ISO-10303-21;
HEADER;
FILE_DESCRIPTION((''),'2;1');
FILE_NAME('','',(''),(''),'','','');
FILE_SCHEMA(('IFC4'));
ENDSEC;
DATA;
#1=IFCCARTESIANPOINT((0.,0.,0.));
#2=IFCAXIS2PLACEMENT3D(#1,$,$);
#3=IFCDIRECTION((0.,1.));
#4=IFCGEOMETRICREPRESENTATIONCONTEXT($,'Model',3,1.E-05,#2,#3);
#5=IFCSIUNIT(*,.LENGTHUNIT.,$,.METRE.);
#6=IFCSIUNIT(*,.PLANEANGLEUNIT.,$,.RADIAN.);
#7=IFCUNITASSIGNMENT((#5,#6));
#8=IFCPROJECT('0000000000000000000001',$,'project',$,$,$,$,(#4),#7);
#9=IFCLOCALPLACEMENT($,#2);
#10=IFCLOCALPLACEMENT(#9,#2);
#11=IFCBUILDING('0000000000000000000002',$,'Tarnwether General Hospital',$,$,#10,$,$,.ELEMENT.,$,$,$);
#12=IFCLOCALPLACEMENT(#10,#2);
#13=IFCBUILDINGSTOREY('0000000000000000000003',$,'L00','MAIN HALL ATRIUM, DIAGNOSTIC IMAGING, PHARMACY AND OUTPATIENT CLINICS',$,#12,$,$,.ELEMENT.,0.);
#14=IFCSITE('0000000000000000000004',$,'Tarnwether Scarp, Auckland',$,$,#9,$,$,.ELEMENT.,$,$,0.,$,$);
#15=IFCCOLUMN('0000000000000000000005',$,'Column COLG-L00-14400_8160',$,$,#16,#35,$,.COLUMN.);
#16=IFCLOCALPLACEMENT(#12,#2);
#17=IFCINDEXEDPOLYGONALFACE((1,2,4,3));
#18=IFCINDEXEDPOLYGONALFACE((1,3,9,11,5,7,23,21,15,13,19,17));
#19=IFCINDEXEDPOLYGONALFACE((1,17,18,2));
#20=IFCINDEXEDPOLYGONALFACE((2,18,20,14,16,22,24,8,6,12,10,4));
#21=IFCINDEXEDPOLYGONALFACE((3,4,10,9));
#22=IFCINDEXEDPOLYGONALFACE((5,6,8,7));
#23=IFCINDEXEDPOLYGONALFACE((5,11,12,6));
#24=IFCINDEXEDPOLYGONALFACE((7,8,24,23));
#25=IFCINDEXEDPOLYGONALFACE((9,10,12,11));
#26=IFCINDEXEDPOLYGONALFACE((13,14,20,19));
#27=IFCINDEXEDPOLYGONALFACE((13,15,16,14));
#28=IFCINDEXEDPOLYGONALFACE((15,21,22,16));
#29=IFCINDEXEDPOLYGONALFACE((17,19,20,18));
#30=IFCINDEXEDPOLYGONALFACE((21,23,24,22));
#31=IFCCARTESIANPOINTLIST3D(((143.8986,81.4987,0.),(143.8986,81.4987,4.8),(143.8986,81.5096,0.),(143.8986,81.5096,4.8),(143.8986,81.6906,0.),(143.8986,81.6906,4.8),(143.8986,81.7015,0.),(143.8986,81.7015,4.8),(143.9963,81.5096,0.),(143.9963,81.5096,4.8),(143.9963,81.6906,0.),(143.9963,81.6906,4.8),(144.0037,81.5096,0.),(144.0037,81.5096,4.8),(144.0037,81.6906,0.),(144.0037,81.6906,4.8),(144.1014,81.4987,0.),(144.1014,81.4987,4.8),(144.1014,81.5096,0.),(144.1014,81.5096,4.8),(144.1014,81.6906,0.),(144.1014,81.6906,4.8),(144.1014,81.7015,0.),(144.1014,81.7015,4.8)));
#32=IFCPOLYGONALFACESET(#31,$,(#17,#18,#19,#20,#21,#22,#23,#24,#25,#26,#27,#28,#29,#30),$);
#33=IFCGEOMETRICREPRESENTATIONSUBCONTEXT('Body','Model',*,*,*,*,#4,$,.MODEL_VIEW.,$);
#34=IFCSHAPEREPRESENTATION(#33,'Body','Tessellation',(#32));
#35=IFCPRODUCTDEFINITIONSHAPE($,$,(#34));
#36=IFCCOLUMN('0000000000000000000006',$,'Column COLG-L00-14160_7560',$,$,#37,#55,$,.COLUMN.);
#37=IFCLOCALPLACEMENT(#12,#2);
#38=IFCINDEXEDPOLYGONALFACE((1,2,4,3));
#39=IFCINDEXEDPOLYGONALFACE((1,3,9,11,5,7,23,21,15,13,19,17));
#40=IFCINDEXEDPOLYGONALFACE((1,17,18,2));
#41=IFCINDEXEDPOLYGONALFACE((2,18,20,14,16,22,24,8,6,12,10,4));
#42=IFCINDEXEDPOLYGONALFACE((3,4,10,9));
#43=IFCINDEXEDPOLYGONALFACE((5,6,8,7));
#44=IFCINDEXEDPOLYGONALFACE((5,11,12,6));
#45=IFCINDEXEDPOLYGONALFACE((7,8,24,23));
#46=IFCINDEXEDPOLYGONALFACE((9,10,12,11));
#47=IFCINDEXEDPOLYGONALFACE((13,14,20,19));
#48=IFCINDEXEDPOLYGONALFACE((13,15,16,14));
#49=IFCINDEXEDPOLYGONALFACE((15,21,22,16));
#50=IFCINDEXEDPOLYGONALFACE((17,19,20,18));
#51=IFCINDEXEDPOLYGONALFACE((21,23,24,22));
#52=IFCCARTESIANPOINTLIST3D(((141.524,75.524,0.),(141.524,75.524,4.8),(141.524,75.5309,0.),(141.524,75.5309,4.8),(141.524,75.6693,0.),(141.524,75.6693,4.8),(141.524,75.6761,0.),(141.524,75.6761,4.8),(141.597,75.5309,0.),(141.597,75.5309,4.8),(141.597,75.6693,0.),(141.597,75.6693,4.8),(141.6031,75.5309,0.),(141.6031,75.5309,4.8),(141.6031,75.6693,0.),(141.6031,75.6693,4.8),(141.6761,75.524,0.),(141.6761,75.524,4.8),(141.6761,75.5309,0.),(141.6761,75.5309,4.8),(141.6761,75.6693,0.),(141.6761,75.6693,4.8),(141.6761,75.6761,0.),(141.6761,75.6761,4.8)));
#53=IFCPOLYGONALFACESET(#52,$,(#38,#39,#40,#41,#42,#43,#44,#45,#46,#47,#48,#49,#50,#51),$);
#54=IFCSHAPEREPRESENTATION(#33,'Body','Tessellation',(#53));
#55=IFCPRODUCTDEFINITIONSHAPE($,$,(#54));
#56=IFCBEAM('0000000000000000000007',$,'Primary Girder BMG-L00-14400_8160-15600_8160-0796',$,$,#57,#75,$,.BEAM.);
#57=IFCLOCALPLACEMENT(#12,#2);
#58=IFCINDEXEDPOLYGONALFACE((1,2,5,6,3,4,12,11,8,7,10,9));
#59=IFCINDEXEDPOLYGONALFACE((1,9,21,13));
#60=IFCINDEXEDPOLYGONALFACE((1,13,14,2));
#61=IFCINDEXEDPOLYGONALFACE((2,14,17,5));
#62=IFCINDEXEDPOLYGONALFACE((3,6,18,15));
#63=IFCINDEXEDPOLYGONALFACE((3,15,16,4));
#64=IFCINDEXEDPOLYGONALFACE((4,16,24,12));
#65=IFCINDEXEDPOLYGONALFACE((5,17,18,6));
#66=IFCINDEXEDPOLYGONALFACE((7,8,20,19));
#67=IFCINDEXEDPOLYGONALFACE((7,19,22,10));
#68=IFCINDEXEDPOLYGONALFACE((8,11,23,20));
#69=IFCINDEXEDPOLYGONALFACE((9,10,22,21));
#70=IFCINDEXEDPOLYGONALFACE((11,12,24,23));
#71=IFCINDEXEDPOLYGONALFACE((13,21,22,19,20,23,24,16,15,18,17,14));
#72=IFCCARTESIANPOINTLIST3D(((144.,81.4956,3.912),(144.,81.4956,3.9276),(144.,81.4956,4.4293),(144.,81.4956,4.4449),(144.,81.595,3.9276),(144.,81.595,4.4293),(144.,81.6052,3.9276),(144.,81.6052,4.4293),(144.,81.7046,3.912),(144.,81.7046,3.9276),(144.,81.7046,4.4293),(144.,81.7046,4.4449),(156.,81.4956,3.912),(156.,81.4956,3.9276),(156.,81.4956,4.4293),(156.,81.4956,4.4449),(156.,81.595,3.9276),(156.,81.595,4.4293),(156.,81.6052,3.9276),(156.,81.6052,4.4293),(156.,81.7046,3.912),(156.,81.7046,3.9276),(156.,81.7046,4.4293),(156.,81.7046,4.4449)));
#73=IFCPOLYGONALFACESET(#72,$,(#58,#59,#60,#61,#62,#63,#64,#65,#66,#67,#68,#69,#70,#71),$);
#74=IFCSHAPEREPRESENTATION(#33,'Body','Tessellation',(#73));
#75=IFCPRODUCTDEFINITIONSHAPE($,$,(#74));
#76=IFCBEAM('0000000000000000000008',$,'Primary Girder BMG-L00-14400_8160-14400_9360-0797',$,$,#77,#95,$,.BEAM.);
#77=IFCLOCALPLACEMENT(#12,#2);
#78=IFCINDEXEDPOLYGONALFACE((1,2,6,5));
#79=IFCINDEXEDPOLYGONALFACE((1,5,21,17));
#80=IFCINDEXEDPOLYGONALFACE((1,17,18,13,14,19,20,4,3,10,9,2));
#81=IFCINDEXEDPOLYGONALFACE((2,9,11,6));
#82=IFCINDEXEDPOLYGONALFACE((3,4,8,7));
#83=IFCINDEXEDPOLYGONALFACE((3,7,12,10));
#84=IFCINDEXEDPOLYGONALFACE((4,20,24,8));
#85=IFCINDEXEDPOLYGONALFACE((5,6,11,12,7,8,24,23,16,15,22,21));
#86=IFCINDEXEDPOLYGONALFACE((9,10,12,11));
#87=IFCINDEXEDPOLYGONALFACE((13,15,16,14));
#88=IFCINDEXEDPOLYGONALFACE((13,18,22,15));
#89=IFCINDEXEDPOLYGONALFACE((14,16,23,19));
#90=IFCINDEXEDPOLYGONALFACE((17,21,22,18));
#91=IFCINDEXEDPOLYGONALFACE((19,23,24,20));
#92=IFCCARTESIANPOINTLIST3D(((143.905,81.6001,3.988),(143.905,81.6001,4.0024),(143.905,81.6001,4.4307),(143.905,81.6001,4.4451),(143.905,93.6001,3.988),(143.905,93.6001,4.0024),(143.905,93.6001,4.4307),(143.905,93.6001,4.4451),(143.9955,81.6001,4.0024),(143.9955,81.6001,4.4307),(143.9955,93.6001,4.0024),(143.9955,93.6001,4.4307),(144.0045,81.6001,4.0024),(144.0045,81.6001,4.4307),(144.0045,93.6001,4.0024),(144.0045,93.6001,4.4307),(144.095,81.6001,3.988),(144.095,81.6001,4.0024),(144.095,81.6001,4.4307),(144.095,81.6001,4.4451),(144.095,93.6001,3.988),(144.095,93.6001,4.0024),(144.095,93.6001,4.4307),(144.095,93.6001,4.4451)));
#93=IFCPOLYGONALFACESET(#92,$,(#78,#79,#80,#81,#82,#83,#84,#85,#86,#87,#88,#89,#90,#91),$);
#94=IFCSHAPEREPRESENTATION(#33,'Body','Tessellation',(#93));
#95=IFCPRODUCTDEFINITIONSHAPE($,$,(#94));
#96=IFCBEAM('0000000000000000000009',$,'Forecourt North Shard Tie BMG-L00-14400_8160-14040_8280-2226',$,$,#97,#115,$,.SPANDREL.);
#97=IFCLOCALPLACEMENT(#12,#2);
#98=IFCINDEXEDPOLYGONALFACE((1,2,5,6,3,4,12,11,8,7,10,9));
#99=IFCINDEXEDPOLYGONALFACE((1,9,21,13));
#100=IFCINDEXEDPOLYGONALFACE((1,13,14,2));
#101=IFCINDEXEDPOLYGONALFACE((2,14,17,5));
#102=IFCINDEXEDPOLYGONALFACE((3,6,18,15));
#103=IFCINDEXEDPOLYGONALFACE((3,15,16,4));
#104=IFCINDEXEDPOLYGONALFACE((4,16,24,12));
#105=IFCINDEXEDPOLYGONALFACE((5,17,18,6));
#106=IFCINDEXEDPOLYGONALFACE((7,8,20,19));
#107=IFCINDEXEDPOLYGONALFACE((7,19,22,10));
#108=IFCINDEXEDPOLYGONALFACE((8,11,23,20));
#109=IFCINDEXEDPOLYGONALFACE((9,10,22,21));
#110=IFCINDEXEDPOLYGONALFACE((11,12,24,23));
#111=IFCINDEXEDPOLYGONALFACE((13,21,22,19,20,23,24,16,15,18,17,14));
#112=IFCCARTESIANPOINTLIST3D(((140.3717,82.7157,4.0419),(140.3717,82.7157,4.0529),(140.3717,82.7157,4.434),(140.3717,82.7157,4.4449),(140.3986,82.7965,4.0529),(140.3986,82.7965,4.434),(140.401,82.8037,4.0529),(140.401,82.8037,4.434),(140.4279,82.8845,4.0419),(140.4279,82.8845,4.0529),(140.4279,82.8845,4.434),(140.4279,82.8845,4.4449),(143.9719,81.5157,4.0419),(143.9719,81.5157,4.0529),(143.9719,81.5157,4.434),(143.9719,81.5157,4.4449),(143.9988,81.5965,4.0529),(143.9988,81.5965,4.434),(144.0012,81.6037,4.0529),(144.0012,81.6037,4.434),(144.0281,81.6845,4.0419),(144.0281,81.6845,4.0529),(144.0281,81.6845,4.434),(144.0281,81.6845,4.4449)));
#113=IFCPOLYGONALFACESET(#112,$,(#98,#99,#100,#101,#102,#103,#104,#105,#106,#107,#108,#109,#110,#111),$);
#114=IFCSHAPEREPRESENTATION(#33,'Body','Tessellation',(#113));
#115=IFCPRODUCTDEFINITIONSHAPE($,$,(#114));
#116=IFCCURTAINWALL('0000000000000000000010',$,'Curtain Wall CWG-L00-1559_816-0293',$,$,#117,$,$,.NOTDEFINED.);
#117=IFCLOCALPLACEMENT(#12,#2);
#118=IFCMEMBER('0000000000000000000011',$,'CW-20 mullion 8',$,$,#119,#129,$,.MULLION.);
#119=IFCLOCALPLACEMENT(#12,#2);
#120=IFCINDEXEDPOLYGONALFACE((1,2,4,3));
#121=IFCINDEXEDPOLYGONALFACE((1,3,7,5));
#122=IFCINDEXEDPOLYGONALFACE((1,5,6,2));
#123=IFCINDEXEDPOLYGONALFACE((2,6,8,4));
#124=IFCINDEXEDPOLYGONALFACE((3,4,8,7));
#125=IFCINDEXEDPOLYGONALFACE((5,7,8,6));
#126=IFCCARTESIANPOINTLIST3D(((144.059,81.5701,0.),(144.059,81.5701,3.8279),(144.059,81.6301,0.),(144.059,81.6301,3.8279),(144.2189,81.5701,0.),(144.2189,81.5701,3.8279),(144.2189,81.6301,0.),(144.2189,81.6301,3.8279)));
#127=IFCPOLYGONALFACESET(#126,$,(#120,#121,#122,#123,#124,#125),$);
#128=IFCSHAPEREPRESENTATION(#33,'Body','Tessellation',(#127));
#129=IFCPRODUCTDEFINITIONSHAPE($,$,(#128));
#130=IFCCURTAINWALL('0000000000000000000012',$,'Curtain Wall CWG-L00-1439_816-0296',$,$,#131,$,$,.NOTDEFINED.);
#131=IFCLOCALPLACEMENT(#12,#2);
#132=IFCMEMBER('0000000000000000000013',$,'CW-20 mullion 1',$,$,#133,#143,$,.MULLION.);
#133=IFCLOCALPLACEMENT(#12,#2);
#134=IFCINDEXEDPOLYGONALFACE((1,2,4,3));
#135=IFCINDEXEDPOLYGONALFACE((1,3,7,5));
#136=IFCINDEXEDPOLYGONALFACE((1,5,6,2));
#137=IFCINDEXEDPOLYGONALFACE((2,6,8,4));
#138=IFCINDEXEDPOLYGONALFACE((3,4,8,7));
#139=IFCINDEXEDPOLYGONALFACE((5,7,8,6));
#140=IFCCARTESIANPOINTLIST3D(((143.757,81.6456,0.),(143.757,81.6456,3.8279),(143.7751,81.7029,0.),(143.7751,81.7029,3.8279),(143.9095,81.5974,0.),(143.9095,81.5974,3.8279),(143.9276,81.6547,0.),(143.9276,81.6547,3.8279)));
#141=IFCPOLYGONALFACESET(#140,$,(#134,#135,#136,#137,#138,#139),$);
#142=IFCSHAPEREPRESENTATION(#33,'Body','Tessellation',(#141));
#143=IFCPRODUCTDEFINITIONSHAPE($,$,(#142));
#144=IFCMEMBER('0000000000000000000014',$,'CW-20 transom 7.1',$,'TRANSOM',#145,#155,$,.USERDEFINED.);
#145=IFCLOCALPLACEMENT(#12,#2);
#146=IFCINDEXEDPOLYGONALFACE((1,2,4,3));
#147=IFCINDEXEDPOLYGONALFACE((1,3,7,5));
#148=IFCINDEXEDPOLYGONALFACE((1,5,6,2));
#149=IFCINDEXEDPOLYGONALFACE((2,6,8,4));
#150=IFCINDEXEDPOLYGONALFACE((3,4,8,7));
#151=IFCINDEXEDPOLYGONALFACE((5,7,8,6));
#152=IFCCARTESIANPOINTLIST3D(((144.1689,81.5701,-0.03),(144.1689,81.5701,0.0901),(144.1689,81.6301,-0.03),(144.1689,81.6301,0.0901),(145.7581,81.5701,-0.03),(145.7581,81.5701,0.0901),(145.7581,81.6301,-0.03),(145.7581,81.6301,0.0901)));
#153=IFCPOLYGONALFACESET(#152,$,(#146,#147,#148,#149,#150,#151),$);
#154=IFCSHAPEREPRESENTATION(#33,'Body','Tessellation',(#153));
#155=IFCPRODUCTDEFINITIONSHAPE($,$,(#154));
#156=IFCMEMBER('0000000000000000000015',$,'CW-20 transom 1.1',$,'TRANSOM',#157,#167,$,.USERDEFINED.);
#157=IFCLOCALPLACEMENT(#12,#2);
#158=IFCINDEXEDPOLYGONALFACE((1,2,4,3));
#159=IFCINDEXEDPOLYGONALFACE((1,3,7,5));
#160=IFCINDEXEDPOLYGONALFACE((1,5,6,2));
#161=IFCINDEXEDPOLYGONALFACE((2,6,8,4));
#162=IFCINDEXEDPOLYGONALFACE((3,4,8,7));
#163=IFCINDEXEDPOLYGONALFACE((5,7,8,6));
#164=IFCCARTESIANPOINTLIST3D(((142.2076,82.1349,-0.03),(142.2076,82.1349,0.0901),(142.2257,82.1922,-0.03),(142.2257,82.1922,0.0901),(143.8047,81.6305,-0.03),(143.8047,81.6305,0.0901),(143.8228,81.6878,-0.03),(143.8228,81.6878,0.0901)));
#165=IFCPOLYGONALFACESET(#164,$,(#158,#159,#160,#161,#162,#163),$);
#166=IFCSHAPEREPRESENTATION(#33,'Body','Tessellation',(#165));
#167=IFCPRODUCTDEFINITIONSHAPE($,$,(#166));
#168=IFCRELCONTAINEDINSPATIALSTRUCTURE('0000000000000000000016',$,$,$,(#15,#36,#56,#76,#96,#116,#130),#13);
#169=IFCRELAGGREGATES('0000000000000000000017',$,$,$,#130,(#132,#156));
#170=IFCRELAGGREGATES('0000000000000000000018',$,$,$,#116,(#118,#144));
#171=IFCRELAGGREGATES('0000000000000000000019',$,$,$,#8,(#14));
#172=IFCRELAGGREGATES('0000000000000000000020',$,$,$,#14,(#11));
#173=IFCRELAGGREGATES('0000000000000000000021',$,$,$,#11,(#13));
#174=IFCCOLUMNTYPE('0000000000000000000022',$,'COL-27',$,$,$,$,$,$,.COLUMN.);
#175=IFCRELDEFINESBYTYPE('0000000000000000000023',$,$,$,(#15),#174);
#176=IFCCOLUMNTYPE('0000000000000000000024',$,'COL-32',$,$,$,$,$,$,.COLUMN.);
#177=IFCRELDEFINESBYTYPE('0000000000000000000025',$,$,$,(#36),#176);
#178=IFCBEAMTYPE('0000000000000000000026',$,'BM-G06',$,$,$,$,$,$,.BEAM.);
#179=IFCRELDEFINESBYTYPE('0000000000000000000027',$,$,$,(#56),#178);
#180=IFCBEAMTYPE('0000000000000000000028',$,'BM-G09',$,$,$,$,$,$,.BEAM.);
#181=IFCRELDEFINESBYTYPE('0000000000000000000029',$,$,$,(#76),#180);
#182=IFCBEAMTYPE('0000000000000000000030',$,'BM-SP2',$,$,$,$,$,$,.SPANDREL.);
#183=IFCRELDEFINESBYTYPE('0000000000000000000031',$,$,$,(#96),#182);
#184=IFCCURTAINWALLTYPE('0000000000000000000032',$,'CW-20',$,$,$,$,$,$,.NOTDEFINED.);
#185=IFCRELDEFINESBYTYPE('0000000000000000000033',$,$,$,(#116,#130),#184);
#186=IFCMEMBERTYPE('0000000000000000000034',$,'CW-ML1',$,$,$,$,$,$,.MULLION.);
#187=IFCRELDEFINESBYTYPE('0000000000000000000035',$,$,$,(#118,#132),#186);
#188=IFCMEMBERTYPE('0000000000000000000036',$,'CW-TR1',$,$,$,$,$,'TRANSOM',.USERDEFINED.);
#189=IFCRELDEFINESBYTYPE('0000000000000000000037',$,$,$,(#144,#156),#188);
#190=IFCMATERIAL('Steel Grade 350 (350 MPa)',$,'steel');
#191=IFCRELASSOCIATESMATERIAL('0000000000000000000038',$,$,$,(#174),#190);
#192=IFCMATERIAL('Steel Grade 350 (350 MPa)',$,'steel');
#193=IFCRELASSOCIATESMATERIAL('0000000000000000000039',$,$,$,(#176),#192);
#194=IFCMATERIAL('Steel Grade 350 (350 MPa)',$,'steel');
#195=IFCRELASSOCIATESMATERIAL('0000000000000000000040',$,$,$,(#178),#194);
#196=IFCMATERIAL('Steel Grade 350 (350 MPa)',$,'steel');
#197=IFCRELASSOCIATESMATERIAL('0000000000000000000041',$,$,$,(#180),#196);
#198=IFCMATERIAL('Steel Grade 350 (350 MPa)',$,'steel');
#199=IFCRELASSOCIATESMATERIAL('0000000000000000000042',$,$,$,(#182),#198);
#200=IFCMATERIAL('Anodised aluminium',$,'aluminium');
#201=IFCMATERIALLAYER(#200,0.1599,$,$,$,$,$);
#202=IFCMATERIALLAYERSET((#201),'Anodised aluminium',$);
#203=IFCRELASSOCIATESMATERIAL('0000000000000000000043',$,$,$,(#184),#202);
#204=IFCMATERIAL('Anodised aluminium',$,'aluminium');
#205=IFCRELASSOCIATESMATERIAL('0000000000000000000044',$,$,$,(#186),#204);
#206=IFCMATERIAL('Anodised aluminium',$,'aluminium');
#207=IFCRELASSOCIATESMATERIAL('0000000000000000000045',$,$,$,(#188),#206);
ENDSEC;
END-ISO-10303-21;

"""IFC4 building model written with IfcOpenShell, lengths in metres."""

from ifc_helpers import new_model, si_unit, direction, frame, origin, origin_2d, place, context, subcontext, project, spatial, rectangle, i_section, extrude, material, layer, layer_set, material_profile, profile_set, type_object, element, aggregate, save


model = new_model("IFC4")

# Units and contexts
model_context = context("Model", 3, precision=1e-05, world=origin(), true_north=direction((0.0, 1.0)))
body_context = subcontext(model_context, "Body", "Model", "MODEL_VIEW")
ifc_project = project(units=[si_unit("LENGTHUNIT", "METRE"), si_unit("PLANEANGLEUNIT", "RADIAN")], contexts=[model_context])

# Site, building, storey
site_placement = place(None, origin())
site = spatial("IfcSite", under=ifc_project, at=site_placement, Name="Tarnwether Scarp, Auckland", CompositionType="ELEMENT", RefElevation=0.0)
building_placement = place(site_placement, origin())
building = spatial("IfcBuilding", under=site, at=building_placement, Name="Tarnwether General Hospital", CompositionType="ELEMENT")
storey_placement = place(building_placement, origin())
storey = spatial("IfcBuildingStorey", under=building, at=storey_placement, Name="L00", Description="MAIN HALL ATRIUM, DIAGNOSTIC IMAGING, PHARMACY AND OUTPATIENT CLINICS", CompositionType="ELEMENT", Elevation=0.0)

# Columns
ifc_material_1 = material(Name="Steel Grade 350 (350 MPa)", Category="steel")
ifc_material_profile_1 = material_profile(ifc_material_1, i_section(OverallWidth=0.2029, OverallDepth=0.2029, WebThickness=0.0073, FlangeThickness=0.011, at=origin_2d()), Name="200UC46.2")
ifc_profile_set_1 = profile_set([ifc_material_profile_1], Name="Steel Grade 350 (350 MPa)")
column_type_1 = type_object("IfcColumnType", Name="COL-27", PredefinedType="COLUMN", material=ifc_profile_set_1)
column_1_placement = place(storey_placement, frame((144.0, 81.6001, 0.0), z_axis=(0.0, 0.0, 1.0), x_axis=(1.0, 0.0, 0.0)))
element("IfcColumn", 1, at=column_1_placement, inside=storey, type_object=column_type_1, Name="Column COLG-L00-14400_8160", PredefinedType="COLUMN", context=body_context, shape_type="SweptSolid", body=[
    extrude(i_section(OverallWidth=0.2029, OverallDepth=0.2029, WebThickness=0.0073, FlangeThickness=0.011, at=origin_2d()), origin(), (0.0, 0.0, 1.0), 4.8),
])
ifc_material_2 = material(Name="Steel Grade 350 (350 MPa)", Category="steel")
ifc_material_profile_2 = material_profile(ifc_material_2, i_section(OverallWidth=0.1521, OverallDepth=0.1521, WebThickness=0.0061, FlangeThickness=0.0068, at=origin_2d()), Name="150UC23.4")
ifc_profile_set_2 = profile_set([ifc_material_profile_2], Name="Steel Grade 350 (350 MPa)")
column_type_2 = type_object("IfcColumnType", Name="COL-32", PredefinedType="COLUMN", material=ifc_profile_set_2)
column_2_placement = place(storey_placement, frame((141.6001, 75.6001, 0.0), z_axis=(0.0, 0.0, 1.0), x_axis=(1.0, 0.0, 0.0)))
element("IfcColumn", 2, at=column_2_placement, inside=storey, type_object=column_type_2, Name="Column COLG-L00-14160_7560", PredefinedType="COLUMN", context=body_context, shape_type="SweptSolid", body=[
    extrude(i_section(OverallWidth=0.1521, OverallDepth=0.1521, WebThickness=0.0061, FlangeThickness=0.0068, at=origin_2d()), origin(), (0.0, 0.0, 1.0), 4.8),
])

# Beams
ifc_material_3 = material(Name="Steel Grade 350 (350 MPa)", Category="steel")
ifc_material_profile_3 = material_profile(ifc_material_3, i_section(OverallWidth=0.209, OverallDepth=0.533, WebThickness=0.0103, FlangeThickness=0.0156, at=origin_2d()), Name="530UB92.4")
ifc_profile_set_3 = profile_set([ifc_material_profile_3], Name="Steel Grade 350 (350 MPa)")
beam_type_1 = type_object("IfcBeamType", Name="BM-G06", PredefinedType="BEAM", material=ifc_profile_set_3)
beam_1_placement = place(storey_placement, frame((144.0, 81.6001, 4.1785), z_axis=(1.0, 0.0, 0.0), x_axis=(0.0, 1.0, 0.0)))
element("IfcBeam", 3, at=beam_1_placement, inside=storey, type_object=beam_type_1, Name="Primary Girder BMG-L00-14400_8160-15600_8160-0796", PredefinedType="BEAM", context=body_context, shape_type="SweptSolid", body=[
    extrude(i_section(OverallWidth=0.209, OverallDepth=0.533, WebThickness=0.0103, FlangeThickness=0.0156, at=origin_2d()), origin(), (0.0, 0.0, 1.0), 12.0),
])
ifc_material_4 = material(Name="Steel Grade 350 (350 MPa)", Category="steel")
ifc_material_profile_4 = material_profile(ifc_material_4, i_section(OverallWidth=0.1899, OverallDepth=0.457, WebThickness=0.009, FlangeThickness=0.0144, at=origin_2d()), Name="460UB74.6")
ifc_profile_set_4 = profile_set([ifc_material_profile_4], Name="Steel Grade 350 (350 MPa)")
beam_type_2 = type_object("IfcBeamType", Name="BM-G09", PredefinedType="BEAM", material=ifc_profile_set_4)
beam_2_placement = place(storey_placement, frame((144.0, 81.6001, 4.2166), z_axis=(0.0, 1.0, 0.0), x_axis=(-1.0, 0.0, 0.0)))
element("IfcBeam", 4, at=beam_2_placement, inside=storey, type_object=beam_type_2, Name="Primary Girder BMG-L00-14400_8160-14400_9360-0797", PredefinedType="BEAM", context=body_context, shape_type="SweptSolid", body=[
    extrude(i_section(OverallWidth=0.1899, OverallDepth=0.457, WebThickness=0.009, FlangeThickness=0.0144, at=origin_2d()), origin(), (0.0, 0.0, 1.0), 12.0),
])
ifc_material_5 = material(Name="Steel Grade 350 (350 MPa)", Category="steel")
ifc_material_profile_5 = material_profile(ifc_material_5, i_section(OverallWidth=0.178, OverallDepth=0.4031, WebThickness=0.0076, FlangeThickness=0.011, at=origin_2d()), Name="410UB53.7")
ifc_profile_set_5 = profile_set([ifc_material_profile_5], Name="Steel Grade 350 (350 MPa)")
beam_type_3 = type_object("IfcBeamType", Name="BM-SP2", PredefinedType="SPANDREL", material=ifc_profile_set_5)
beam_3_placement = place(storey_placement, frame((144.0, 81.6001, 4.2434), z_axis=(-0.94869, 0.316208, 0.0), x_axis=(-0.316208, -0.94869, 0.0)))
element("IfcBeam", 5, at=beam_3_placement, inside=storey, type_object=beam_type_3, Name="Forecourt North Shard Tie BMG-L00-14400_8160-14040_8280-2226", PredefinedType="SPANDREL", context=body_context, shape_type="SweptSolid", body=[
    extrude(i_section(OverallWidth=0.178, OverallDepth=0.4031, WebThickness=0.0076, FlangeThickness=0.011, at=origin_2d()), origin(), (0.0, 0.0, 1.0), 3.7949),
])

# Curtain walls, members
ifc_material_6 = material(Name="Anodised aluminium", Category="aluminium")
ifc_layer_1 = layer(ifc_material_6, 0.1599)
ifc_layer_set_1 = layer_set([ifc_layer_1], Name="Anodised aluminium")
curtain_wall_type = type_object("IfcCurtainWallType", Name="CW-20", PredefinedType="NOTDEFINED", material=ifc_layer_set_1)
curtain_wall_1_placement = place(storey_placement, origin())
curtain_wall_1 = element("IfcCurtainWall", 6, at=curtain_wall_1_placement, inside=storey, type_object=curtain_wall_type, Name="Curtain Wall CWG-L00-1559_816-0293", PredefinedType="NOTDEFINED")
ifc_material_7 = material(Name="Anodised aluminium", Category="aluminium")
ifc_material_profile_6 = material_profile(ifc_material_7, rectangle(XDim=0.0601, YDim=0.1599, at=origin_2d()), Name="ALU-MUL-60x160")
ifc_profile_set_6 = profile_set([ifc_material_profile_6], Name="Anodised aluminium")
member_type_1 = type_object("IfcMemberType", Name="CW-ML1", PredefinedType="MULLION", material=ifc_profile_set_6)
member_1_placement = place(storey_placement, frame((144.1389, 81.6001, 0.0), z_axis=(0.0, 0.0, 1.0), x_axis=(0.0, -1.0, 0.0)))
member_1 = element("IfcMember", 7, at=member_1_placement, type_object=member_type_1, Name="CW-20 mullion 8", PredefinedType="MULLION", context=body_context, shape_type="SweptSolid", body=[
    extrude(rectangle(XDim=0.0601, YDim=0.1599, at=origin_2d()), origin(), (0.0, 0.0, 1.0), 3.8279),
])
curtain_wall_2_placement = place(storey_placement, origin())
curtain_wall_2 = element("IfcCurtainWall", 8, at=curtain_wall_2_placement, inside=storey, type_object=curtain_wall_type, Name="Curtain Wall CWG-L00-1439_816-0296", PredefinedType="NOTDEFINED")
member_2_placement = place(storey_placement, frame((143.8423, 81.6501, 0.0), z_axis=(0.0, 0.0, 1.0), x_axis=(-0.301145, -0.953578, 0.0)))
member_2 = element("IfcMember", 9, at=member_2_placement, type_object=member_type_1, Name="CW-20 mullion 1", PredefinedType="MULLION", context=body_context, shape_type="SweptSolid", body=[
    extrude(rectangle(XDim=0.0601, YDim=0.1599, at=origin_2d()), origin(), (0.0, 0.0, 1.0), 3.8279),
])

# Members
ifc_material_8 = material(Name="Anodised aluminium", Category="aluminium")
ifc_material_profile_7 = material_profile(ifc_material_8, rectangle(XDim=0.0601, YDim=0.1201, at=origin_2d()), Name="ALU-TRN-60x120")
ifc_profile_set_7 = profile_set([ifc_material_profile_7], Name="Anodised aluminium")
member_type_2 = type_object("IfcMemberType", Name="CW-TR1", ElementType="TRANSOM", PredefinedType="USERDEFINED", material=ifc_profile_set_7)
member_3_placement = place(storey_placement, frame((145.7581, 81.6001, 0.03), z_axis=(-1.0, 0.0, 0.0), x_axis=(0.0, -1.0, 0.0)))
member_3 = element("IfcMember", 10, at=member_3_placement, type_object=member_type_2, Name="CW-20 transom 7.1", ObjectType="TRANSOM", PredefinedType="USERDEFINED", context=body_context, shape_type="SweptSolid", body=[
    extrude(rectangle(XDim=0.0601, YDim=0.1201, at=origin_2d()), origin(), (0.0, 0.0, 1.0), 1.5891),
])
member_4_placement = place(storey_placement, frame((143.8137, 81.6592, 0.03), z_axis=(-0.953578, 0.301145, 0.0), x_axis=(-0.301145, -0.953578, 0.0)))
member_4 = element("IfcMember", 11, at=member_4_placement, type_object=member_type_2, Name="CW-20 transom 1.1", ObjectType="TRANSOM", PredefinedType="USERDEFINED", context=body_context, shape_type="SweptSolid", body=[
    extrude(rectangle(XDim=0.0601, YDim=0.1201, at=origin_2d()), origin(), (0.0, 0.0, 1.0), 1.6748),
])
aggregate(curtain_wall_2, [member_2, member_4])

aggregate(curtain_wall_1, [member_1, member_3])

save(model, "model.ifc")
